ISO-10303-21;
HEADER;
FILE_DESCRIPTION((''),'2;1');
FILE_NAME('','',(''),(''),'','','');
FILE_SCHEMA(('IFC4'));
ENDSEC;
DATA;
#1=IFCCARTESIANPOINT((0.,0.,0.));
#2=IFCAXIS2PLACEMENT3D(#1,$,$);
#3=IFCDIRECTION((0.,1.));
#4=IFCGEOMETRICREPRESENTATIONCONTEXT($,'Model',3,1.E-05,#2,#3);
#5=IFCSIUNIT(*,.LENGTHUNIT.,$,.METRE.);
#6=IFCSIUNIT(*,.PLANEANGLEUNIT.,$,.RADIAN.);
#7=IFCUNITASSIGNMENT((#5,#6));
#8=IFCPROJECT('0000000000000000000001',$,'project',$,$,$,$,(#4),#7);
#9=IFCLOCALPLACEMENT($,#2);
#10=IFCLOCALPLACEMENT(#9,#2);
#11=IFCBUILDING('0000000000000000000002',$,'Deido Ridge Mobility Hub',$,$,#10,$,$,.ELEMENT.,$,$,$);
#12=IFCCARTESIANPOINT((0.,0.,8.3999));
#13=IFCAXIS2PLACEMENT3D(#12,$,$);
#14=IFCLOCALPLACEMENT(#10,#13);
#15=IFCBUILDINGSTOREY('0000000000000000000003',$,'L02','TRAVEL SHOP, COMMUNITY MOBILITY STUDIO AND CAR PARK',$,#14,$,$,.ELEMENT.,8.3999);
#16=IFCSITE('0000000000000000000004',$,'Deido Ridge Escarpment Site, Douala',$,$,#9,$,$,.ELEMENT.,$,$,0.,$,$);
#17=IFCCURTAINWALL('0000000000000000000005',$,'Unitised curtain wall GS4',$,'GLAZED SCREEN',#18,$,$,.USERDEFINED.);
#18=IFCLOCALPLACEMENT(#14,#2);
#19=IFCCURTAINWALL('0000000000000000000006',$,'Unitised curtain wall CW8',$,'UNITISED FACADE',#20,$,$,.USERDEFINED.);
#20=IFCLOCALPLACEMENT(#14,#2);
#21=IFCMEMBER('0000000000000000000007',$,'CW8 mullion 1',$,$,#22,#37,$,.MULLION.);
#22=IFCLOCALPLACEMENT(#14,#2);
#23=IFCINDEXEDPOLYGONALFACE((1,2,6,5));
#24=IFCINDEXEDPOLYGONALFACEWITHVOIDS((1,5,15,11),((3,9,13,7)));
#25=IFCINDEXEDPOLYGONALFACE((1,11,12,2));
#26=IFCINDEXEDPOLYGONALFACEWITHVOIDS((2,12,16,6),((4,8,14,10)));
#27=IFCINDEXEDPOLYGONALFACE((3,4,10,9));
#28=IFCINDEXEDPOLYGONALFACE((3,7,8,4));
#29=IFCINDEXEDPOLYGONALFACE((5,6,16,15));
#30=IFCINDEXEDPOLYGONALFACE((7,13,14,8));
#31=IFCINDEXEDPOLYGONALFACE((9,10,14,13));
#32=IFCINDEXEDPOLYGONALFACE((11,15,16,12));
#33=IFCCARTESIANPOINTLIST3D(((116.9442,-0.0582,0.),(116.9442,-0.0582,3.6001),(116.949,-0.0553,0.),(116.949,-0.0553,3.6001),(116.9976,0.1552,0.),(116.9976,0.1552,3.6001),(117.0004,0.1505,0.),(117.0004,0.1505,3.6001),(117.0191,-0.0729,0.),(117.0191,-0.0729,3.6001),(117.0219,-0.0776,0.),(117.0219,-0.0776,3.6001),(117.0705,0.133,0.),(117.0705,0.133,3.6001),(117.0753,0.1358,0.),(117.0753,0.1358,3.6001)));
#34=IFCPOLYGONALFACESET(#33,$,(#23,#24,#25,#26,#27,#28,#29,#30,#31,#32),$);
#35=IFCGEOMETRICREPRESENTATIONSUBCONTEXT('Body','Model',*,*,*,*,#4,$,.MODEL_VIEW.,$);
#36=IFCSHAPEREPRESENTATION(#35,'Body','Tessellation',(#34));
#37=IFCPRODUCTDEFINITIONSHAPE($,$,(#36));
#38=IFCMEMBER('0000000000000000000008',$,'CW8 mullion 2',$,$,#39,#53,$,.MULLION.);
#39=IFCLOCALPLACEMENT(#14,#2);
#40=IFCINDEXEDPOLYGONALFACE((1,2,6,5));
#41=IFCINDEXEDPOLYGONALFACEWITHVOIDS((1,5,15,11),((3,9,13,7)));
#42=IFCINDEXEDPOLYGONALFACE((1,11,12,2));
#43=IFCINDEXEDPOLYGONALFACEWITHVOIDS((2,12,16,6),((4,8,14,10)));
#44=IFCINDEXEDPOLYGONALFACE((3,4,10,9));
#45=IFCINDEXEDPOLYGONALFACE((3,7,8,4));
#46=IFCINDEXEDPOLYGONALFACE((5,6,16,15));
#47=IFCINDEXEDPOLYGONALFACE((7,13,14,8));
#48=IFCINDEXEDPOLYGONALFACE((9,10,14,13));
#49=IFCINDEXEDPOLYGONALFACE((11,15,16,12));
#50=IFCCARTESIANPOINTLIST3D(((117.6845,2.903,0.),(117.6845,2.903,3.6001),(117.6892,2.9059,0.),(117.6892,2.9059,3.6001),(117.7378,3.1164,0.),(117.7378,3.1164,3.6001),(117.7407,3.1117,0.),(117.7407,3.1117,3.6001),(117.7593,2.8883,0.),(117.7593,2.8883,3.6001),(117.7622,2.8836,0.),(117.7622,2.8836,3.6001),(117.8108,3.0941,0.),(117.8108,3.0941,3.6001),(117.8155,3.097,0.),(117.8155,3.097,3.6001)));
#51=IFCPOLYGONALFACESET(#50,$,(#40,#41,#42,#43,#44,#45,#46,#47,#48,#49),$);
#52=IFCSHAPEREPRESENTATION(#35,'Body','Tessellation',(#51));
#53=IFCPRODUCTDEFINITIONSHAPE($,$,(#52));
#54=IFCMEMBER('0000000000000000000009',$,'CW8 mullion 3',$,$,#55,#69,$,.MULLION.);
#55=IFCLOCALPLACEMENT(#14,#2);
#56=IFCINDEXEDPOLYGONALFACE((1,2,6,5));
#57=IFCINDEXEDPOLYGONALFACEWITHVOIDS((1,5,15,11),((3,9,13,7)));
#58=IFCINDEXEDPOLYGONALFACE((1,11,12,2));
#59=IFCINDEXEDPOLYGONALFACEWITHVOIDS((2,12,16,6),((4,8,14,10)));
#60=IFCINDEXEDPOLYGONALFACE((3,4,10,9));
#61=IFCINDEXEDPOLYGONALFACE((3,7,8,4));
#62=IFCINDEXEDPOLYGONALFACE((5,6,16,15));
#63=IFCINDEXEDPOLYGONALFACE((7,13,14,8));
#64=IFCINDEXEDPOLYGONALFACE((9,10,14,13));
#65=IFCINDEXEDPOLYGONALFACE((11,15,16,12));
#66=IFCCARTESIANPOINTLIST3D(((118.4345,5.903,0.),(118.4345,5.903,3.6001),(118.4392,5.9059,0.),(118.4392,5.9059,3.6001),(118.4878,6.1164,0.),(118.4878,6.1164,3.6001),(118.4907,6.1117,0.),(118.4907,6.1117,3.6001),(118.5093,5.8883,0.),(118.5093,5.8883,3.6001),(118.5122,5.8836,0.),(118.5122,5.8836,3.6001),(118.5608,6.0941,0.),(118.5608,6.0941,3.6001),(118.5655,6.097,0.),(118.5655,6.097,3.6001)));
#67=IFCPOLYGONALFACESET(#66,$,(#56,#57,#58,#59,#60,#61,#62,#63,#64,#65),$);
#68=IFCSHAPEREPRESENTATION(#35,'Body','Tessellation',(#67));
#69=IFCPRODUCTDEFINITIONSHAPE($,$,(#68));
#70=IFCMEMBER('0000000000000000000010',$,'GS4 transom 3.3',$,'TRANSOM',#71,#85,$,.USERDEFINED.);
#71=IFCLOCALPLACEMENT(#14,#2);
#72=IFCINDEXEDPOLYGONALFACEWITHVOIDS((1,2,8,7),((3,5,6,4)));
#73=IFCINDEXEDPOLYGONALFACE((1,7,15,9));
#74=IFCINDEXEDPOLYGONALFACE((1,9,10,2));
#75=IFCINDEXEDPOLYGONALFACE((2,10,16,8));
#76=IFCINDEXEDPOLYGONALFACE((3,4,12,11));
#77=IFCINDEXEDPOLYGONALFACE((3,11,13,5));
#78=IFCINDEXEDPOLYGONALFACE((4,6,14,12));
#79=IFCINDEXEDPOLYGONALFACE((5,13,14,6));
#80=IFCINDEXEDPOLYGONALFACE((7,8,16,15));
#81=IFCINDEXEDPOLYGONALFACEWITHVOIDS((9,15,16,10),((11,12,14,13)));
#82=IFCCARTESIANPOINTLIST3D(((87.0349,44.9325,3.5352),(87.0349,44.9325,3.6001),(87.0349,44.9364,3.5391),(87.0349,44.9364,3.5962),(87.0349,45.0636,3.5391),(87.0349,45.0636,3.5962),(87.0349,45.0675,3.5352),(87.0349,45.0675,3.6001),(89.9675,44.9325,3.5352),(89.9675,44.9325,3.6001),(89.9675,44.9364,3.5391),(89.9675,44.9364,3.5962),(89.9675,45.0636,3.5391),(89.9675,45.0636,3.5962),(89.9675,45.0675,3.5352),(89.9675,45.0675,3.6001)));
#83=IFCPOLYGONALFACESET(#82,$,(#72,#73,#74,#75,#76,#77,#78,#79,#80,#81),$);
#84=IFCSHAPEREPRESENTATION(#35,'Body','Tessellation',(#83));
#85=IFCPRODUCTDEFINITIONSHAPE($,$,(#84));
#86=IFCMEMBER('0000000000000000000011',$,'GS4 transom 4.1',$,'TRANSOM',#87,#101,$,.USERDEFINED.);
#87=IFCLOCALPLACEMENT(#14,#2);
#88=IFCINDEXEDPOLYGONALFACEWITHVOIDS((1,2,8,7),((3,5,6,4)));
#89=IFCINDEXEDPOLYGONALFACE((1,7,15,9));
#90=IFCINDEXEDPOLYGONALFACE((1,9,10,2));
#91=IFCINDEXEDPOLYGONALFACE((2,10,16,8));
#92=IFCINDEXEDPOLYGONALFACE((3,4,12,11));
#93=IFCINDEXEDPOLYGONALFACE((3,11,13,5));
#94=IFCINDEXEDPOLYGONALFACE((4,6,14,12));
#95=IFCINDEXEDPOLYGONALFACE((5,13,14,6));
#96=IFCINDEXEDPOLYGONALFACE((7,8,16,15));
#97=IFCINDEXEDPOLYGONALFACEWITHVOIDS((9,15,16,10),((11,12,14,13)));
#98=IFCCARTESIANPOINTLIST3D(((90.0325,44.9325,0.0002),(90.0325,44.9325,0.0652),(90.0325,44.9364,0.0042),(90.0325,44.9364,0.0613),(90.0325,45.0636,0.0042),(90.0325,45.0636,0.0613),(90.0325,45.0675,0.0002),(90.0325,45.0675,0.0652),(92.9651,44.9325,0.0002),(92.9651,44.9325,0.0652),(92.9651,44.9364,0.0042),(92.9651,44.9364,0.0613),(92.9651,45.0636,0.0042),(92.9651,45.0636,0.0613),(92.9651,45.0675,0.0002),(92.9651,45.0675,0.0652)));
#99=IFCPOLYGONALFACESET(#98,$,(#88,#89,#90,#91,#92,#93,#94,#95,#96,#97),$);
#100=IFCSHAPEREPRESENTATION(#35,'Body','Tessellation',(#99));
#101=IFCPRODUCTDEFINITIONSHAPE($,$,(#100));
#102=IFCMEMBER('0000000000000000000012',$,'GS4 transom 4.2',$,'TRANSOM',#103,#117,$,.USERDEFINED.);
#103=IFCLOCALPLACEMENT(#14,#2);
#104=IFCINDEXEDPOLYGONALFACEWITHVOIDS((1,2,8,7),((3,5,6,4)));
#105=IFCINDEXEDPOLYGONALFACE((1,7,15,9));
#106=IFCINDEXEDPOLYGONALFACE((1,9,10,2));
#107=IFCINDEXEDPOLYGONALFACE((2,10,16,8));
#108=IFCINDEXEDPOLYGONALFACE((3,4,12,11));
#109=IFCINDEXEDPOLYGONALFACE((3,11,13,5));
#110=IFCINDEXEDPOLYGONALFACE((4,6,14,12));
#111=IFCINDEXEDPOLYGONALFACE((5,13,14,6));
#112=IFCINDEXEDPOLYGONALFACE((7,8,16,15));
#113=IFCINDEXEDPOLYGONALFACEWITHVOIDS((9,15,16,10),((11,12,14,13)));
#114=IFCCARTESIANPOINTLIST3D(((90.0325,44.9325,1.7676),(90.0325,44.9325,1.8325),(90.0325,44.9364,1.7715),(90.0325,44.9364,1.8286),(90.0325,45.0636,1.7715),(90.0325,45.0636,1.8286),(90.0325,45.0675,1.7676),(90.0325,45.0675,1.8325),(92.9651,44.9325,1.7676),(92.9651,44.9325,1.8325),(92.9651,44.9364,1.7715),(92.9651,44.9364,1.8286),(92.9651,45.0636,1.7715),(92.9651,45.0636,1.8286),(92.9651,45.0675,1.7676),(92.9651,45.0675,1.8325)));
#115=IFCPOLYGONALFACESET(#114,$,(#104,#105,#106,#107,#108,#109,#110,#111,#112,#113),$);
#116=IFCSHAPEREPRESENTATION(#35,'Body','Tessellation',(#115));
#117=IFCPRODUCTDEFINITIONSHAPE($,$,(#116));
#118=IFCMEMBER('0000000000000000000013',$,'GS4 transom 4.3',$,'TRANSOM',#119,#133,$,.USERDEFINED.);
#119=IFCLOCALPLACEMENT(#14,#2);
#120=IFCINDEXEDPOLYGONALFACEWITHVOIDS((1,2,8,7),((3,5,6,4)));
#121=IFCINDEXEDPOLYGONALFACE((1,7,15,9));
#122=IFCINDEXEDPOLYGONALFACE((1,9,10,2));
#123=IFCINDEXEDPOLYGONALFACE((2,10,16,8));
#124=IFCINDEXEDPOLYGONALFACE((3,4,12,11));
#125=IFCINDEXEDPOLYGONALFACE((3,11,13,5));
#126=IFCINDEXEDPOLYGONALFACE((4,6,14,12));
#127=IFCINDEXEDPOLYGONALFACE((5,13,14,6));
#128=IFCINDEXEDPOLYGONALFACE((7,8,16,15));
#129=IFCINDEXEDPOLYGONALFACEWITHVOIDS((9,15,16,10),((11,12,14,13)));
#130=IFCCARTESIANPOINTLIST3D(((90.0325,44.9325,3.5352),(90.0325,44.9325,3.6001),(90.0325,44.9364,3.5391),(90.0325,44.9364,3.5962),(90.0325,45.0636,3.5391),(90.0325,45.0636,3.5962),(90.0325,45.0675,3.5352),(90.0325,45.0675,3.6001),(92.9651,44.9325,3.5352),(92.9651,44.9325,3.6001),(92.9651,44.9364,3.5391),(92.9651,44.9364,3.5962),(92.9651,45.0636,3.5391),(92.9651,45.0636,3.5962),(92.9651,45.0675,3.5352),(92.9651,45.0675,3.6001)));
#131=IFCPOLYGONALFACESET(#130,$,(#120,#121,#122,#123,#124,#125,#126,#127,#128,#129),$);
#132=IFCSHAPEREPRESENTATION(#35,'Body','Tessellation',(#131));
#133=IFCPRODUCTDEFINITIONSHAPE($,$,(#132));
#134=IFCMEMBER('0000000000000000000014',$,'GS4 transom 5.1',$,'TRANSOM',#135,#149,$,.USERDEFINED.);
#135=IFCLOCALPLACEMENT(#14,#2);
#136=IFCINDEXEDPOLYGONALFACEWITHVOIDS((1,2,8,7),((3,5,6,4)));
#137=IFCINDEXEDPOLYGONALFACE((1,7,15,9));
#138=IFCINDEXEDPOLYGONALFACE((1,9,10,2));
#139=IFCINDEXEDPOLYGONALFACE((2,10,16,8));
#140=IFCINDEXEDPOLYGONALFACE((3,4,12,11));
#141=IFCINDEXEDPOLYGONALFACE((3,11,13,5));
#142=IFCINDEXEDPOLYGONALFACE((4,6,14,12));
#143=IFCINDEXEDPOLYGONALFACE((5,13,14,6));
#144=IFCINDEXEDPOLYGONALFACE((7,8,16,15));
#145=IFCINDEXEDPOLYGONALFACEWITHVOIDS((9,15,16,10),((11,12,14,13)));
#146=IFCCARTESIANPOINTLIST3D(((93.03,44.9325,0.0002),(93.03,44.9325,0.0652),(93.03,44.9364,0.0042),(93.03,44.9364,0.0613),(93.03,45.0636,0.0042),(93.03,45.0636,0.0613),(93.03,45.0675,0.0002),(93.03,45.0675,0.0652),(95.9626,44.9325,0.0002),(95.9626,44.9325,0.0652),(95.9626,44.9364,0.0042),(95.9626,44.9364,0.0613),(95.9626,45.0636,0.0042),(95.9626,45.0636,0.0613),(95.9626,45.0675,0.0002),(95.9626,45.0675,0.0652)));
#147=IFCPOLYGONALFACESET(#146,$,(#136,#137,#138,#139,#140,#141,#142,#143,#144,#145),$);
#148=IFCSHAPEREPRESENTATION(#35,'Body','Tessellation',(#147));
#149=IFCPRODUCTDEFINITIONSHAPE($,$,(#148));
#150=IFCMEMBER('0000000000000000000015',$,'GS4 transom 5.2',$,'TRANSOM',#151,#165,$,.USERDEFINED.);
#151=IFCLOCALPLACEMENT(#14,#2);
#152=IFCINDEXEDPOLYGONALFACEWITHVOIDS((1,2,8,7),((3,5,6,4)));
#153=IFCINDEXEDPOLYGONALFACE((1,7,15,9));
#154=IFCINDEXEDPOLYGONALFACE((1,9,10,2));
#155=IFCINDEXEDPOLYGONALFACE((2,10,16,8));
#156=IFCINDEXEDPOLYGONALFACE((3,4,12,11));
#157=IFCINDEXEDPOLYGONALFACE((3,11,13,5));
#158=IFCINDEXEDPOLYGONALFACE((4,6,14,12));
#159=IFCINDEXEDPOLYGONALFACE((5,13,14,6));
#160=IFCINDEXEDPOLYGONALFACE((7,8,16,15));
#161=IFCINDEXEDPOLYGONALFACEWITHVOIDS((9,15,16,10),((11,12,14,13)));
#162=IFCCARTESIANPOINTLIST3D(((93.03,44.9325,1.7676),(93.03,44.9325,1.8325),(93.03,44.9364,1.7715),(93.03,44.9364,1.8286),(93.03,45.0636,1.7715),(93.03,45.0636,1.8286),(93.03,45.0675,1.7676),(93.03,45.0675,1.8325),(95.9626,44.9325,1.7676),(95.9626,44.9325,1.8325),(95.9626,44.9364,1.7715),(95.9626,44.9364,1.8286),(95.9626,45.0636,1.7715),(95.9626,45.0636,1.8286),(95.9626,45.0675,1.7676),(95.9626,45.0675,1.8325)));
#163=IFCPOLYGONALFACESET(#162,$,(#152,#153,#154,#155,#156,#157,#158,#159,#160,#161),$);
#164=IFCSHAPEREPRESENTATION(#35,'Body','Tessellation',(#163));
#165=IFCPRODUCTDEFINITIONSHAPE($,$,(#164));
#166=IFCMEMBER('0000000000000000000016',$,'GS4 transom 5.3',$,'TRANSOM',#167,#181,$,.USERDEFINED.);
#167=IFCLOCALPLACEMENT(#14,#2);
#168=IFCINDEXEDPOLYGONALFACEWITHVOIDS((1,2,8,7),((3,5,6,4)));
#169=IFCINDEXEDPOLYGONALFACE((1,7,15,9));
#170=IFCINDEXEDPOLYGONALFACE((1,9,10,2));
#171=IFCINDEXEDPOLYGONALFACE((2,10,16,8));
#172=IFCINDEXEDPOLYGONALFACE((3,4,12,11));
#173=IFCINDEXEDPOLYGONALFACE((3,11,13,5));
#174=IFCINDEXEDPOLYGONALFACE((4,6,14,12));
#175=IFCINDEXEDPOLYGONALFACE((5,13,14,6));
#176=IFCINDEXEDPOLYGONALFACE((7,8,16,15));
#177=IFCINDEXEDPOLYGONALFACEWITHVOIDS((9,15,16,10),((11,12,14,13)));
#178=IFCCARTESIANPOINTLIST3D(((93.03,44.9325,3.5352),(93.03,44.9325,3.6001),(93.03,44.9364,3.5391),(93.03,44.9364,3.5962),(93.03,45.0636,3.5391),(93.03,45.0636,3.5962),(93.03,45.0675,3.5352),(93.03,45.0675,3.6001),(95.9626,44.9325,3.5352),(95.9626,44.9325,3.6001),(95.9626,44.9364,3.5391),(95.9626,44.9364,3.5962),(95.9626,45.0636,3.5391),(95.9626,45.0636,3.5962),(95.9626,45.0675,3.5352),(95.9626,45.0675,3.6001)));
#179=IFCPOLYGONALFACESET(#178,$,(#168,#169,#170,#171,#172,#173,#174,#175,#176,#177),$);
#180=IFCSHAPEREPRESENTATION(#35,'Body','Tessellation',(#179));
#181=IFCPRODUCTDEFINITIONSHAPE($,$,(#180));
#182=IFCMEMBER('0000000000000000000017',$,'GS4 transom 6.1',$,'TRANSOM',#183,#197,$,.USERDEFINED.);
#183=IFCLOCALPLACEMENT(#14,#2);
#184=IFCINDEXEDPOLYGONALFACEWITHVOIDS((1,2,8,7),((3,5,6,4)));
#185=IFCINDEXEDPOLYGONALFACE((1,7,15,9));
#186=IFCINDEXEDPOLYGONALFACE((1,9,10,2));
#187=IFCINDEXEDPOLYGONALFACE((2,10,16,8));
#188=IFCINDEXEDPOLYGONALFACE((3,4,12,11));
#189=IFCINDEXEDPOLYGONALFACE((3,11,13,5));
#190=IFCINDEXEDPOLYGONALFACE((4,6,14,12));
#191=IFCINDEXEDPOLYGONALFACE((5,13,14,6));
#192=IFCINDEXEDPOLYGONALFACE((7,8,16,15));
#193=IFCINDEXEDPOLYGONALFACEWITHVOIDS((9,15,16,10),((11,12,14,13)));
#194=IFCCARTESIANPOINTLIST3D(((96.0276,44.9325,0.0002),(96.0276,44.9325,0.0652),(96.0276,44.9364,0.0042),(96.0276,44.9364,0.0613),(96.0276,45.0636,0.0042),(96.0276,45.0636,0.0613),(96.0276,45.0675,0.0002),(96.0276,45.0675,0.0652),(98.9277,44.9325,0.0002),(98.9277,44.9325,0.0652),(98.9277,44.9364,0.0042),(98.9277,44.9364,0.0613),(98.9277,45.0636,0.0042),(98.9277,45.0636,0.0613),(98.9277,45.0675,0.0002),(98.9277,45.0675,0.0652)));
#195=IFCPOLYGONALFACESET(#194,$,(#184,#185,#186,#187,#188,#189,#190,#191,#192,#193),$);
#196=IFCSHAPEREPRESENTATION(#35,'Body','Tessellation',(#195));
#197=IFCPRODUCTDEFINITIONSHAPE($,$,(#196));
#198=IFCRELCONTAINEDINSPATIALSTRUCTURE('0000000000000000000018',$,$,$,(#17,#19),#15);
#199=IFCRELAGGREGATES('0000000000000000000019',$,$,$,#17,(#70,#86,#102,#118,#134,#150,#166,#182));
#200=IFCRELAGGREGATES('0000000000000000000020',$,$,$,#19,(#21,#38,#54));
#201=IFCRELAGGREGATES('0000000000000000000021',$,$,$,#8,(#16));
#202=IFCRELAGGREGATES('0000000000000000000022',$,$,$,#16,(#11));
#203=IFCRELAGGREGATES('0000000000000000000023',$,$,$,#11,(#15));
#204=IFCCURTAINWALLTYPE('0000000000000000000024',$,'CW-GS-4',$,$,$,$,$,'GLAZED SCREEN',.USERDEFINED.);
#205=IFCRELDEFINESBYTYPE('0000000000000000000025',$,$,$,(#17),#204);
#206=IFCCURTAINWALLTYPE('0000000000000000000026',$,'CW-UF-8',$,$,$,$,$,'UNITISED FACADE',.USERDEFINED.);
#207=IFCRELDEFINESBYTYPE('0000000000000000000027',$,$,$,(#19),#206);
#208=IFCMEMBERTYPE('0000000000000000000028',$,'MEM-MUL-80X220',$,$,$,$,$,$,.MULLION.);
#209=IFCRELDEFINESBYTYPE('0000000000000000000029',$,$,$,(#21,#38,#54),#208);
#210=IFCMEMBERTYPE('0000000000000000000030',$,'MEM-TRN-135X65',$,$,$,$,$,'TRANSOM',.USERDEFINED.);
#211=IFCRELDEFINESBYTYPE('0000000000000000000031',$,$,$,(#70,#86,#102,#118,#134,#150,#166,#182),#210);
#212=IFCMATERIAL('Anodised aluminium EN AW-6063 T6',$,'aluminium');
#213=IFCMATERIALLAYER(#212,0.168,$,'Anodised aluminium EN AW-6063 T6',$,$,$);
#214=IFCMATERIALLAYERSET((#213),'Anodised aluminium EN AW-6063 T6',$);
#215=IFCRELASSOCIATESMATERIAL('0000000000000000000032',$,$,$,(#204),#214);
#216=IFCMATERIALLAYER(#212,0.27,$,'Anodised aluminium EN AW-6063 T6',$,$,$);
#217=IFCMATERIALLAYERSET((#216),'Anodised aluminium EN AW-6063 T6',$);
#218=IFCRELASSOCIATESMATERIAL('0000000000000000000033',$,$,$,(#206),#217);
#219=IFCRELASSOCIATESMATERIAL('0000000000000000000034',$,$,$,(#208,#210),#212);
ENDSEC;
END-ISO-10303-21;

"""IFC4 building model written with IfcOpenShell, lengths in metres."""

from ifc_helpers import new_model, si_unit, direction, frame, origin, origin_2d, place, context, subcontext, project, spatial, hollow_rectangle, extrude, material, layer, layer_set, material_profile, profile_set, type_object, element, aggregate, save


model = new_model("IFC4")

# Units and contexts
model_context = context("Model", 3, precision=1e-05, world=origin(), true_north=direction((0.0, 1.0)))
body_context = subcontext(model_context, "Body", "Model", "MODEL_VIEW")
ifc_project = project(units=[si_unit("LENGTHUNIT", "METRE"), si_unit("PLANEANGLEUNIT", "RADIAN")], contexts=[model_context])

# Site, building, storey
site_placement = place(None, origin())
site = spatial("IfcSite", under=ifc_project, at=site_placement, Name="Deido Ridge Escarpment Site, Douala", CompositionType="ELEMENT", RefElevation=0.0)
building_placement = place(site_placement, origin())
building = spatial("IfcBuilding", under=site, at=building_placement, Name="Deido Ridge Mobility Hub", CompositionType="ELEMENT")
storey_placement = place(building_placement, frame((0.0, 0.0, 8.3999)))
storey = spatial("IfcBuildingStorey", under=building, at=storey_placement, Name="L02", Description="TRAVEL SHOP, COMMUNITY MOBILITY STUDIO AND CAR PARK", CompositionType="ELEMENT", Elevation=8.3999)

# Curtain walls, members
ifc_material_1 = material(Name="Anodised aluminium EN AW-6063 T6", Category="aluminium")
ifc_layer_1 = layer(ifc_material_1, 0.168, Name="Anodised aluminium EN AW-6063 T6")
ifc_layer_set_1 = layer_set([ifc_layer_1], Name="Anodised aluminium EN AW-6063 T6")
curtain_wall_type_1 = type_object("IfcCurtainWallType", Name="CW-GS-4", ElementType="GLAZED SCREEN", PredefinedType="USERDEFINED", material=ifc_layer_set_1)
curtain_wall_1_placement = place(storey_placement, origin())
curtain_wall_1 = element("IfcCurtainWall", 1, at=curtain_wall_1_placement, inside=storey, type_object=curtain_wall_type_1, Name="Unitised curtain wall GS4", ObjectType="GLAZED SCREEN", PredefinedType="USERDEFINED")
ifc_layer_2 = layer(ifc_material_1, 0.27, Name="Anodised aluminium EN AW-6063 T6")
ifc_layer_set_2 = layer_set([ifc_layer_2], Name="Anodised aluminium EN AW-6063 T6")
curtain_wall_type_2 = type_object("IfcCurtainWallType", Name="CW-UF-8", ElementType="UNITISED FACADE", PredefinedType="USERDEFINED", material=ifc_layer_set_2)
curtain_wall_2_placement = place(storey_placement, origin())
curtain_wall_2 = element("IfcCurtainWall", 2, at=curtain_wall_2_placement, inside=storey, type_object=curtain_wall_type_2, Name="Unitised curtain wall CW8", ObjectType="UNITISED FACADE", PredefinedType="USERDEFINED")
ifc_material_profile_1 = material_profile(ifc_material_1, hollow_rectangle(XDim=0.0801, YDim=0.22, WallThickness=0.0039, at=origin_2d()), Name="RHS 80x220x4")
ifc_profile_set_1 = profile_set([ifc_material_profile_1], Name="Anodised aluminium EN AW-6063 T6")
member_type_1 = type_object("IfcMemberType", Name="MEM-MUL-80X220", PredefinedType="MULLION", material=ifc_profile_set_1)
member_1_placement = place(storey_placement, frame((117.0098, 0.0388, 0.0), z_axis=(0.0, 0.0, 1.0), x_axis=(-0.970143, 0.242536, 0.0)))
member_1 = element("IfcMember", 3, at=member_1_placement, type_object=member_type_1, Name="CW8 mullion 1", PredefinedType="MULLION", context=body_context, shape_type="SweptSolid", body=[
    extrude(hollow_rectangle(XDim=0.0801, YDim=0.22, WallThickness=0.0039, at=origin_2d()), origin(), (0.0, 0.0, 1.0), 3.6001),
])
member_2_placement = place(storey_placement, frame((117.75, 3.0, 0.0), z_axis=(0.0, 0.0, 1.0), x_axis=(-0.970143, 0.242536, 0.0)))
member_2 = element("IfcMember", 4, at=member_2_placement, type_object=member_type_1, Name="CW8 mullion 2", PredefinedType="MULLION", context=body_context, shape_type="SweptSolid", body=[
    extrude(hollow_rectangle(XDim=0.0801, YDim=0.22, WallThickness=0.0039, at=origin_2d()), origin(), (0.0, 0.0, 1.0), 3.6001),
])
member_3_placement = place(storey_placement, frame((118.5, 6.0, 0.0), z_axis=(0.0, 0.0, 1.0), x_axis=(-0.970143, 0.242536, 0.0)))
member_3 = element("IfcMember", 5, at=member_3_placement, type_object=member_type_1, Name="CW8 mullion 3", PredefinedType="MULLION", context=body_context, shape_type="SweptSolid", body=[
    extrude(hollow_rectangle(XDim=0.0801, YDim=0.22, WallThickness=0.0039, at=origin_2d()), origin(), (0.0, 0.0, 1.0), 3.6001),
])

# Members
ifc_material_profile_2 = material_profile(ifc_material_1, hollow_rectangle(XDim=0.135, YDim=0.0649, WallThickness=0.0039, at=origin_2d()), Name="RHS 135x65x4")
ifc_profile_set_2 = profile_set([ifc_material_profile_2], Name="Anodised aluminium EN AW-6063 T6")
member_type_2 = type_object("IfcMemberType", Name="MEM-TRN-135X65", ElementType="TRANSOM", PredefinedType="USERDEFINED", material=ifc_profile_set_2)
member_4_placement = place(storey_placement, frame((87.0349, 45.0, 3.5676), z_axis=(1.0, 0.0, 0.0), x_axis=(0.0, 1.0, 0.0)))
member_4 = element("IfcMember", 6, at=member_4_placement, type_object=member_type_2, Name="GS4 transom 3.3", ObjectType="TRANSOM", PredefinedType="USERDEFINED", context=body_context, shape_type="SweptSolid", body=[
    extrude(hollow_rectangle(XDim=0.135, YDim=0.0649, WallThickness=0.0039, at=origin_2d()), origin(), (0.0, 0.0, 1.0), 2.9326),
])
member_5_placement = place(storey_placement, frame((90.0325, 45.0, 0.0327), z_axis=(1.0, 0.0, 0.0), x_axis=(0.0, 1.0, 0.0)))
member_5 = element("IfcMember", 7, at=member_5_placement, type_object=member_type_2, Name="GS4 transom 4.1", ObjectType="TRANSOM", PredefinedType="USERDEFINED", context=body_context, shape_type="SweptSolid", body=[
    extrude(hollow_rectangle(XDim=0.135, YDim=0.0649, WallThickness=0.0039, at=origin_2d()), origin(), (0.0, 0.0, 1.0), 2.9326),
])
member_6_placement = place(storey_placement, frame((90.0325, 45.0, 1.8), z_axis=(1.0, 0.0, 0.0), x_axis=(0.0, 1.0, 0.0)))
member_6 = element("IfcMember", 8, at=member_6_placement, type_object=member_type_2, Name="GS4 transom 4.2", ObjectType="TRANSOM", PredefinedType="USERDEFINED", context=body_context, shape_type="SweptSolid", body=[
    extrude(hollow_rectangle(XDim=0.135, YDim=0.0649, WallThickness=0.0039, at=origin_2d()), origin(), (0.0, 0.0, 1.0), 2.9326),
])
member_7_placement = place(storey_placement, frame((90.0325, 45.0, 3.5676), z_axis=(1.0, 0.0, 0.0), x_axis=(0.0, 1.0, 0.0)))
member_7 = element("IfcMember", 9, at=member_7_placement, type_object=member_type_2, Name="GS4 transom 4.3", ObjectType="TRANSOM", PredefinedType="USERDEFINED", context=body_context, shape_type="SweptSolid", body=[
    extrude(hollow_rectangle(XDim=0.135, YDim=0.0649, WallThickness=0.0039, at=origin_2d()), origin(), (0.0, 0.0, 1.0), 2.9326),
])
member_8_placement = place(storey_placement, frame((93.03, 45.0, 0.0327), z_axis=(1.0, 0.0, 0.0), x_axis=(0.0, 1.0, 0.0)))
member_8 = element("IfcMember", 10, at=member_8_placement, type_object=member_type_2, Name="GS4 transom 5.1", ObjectType="TRANSOM", PredefinedType="USERDEFINED", context=body_context, shape_type="SweptSolid", body=[
    extrude(hollow_rectangle(XDim=0.135, YDim=0.0649, WallThickness=0.0039, at=origin_2d()), origin(), (0.0, 0.0, 1.0), 2.9326),
])
member_9_placement = place(storey_placement, frame((93.03, 45.0, 1.8), z_axis=(1.0, 0.0, 0.0), x_axis=(0.0, 1.0, 0.0)))
member_9 = element("IfcMember", 11, at=member_9_placement, type_object=member_type_2, Name="GS4 transom 5.2", ObjectType="TRANSOM", PredefinedType="USERDEFINED", context=body_context, shape_type="SweptSolid", body=[
    extrude(hollow_rectangle(XDim=0.135, YDim=0.0649, WallThickness=0.0039, at=origin_2d()), origin(), (0.0, 0.0, 1.0), 2.9326),
])
member_10_placement = place(storey_placement, frame((93.03, 45.0, 3.5676), z_axis=(1.0, 0.0, 0.0), x_axis=(0.0, 1.0, 0.0)))
member_10 = element("IfcMember", 12, at=member_10_placement, type_object=member_type_2, Name="GS4 transom 5.3", ObjectType="TRANSOM", PredefinedType="USERDEFINED", context=body_context, shape_type="SweptSolid", body=[
    extrude(hollow_rectangle(XDim=0.135, YDim=0.0649, WallThickness=0.0039, at=origin_2d()), origin(), (0.0, 0.0, 1.0), 2.9326),
])
member_11_placement = place(storey_placement, frame((96.0276, 45.0, 0.0327), z_axis=(1.0, 0.0, 0.0), x_axis=(0.0, 1.0, 0.0)))
member_11 = element("IfcMember", 13, at=member_11_placement, type_object=member_type_2, Name="GS4 transom 6.1", ObjectType="TRANSOM", PredefinedType="USERDEFINED", context=body_context, shape_type="SweptSolid", body=[
    extrude(hollow_rectangle(XDim=0.135, YDim=0.0649, WallThickness=0.0039, at=origin_2d()), origin(), (0.0, 0.0, 1.0), 2.9001),
])

aggregate(curtain_wall_1, [member_4, member_5, member_6, member_7, member_8, member_9, member_10, member_11])
aggregate(curtain_wall_2, [member_1, member_2, member_3])

save(model, "model.ifc")
